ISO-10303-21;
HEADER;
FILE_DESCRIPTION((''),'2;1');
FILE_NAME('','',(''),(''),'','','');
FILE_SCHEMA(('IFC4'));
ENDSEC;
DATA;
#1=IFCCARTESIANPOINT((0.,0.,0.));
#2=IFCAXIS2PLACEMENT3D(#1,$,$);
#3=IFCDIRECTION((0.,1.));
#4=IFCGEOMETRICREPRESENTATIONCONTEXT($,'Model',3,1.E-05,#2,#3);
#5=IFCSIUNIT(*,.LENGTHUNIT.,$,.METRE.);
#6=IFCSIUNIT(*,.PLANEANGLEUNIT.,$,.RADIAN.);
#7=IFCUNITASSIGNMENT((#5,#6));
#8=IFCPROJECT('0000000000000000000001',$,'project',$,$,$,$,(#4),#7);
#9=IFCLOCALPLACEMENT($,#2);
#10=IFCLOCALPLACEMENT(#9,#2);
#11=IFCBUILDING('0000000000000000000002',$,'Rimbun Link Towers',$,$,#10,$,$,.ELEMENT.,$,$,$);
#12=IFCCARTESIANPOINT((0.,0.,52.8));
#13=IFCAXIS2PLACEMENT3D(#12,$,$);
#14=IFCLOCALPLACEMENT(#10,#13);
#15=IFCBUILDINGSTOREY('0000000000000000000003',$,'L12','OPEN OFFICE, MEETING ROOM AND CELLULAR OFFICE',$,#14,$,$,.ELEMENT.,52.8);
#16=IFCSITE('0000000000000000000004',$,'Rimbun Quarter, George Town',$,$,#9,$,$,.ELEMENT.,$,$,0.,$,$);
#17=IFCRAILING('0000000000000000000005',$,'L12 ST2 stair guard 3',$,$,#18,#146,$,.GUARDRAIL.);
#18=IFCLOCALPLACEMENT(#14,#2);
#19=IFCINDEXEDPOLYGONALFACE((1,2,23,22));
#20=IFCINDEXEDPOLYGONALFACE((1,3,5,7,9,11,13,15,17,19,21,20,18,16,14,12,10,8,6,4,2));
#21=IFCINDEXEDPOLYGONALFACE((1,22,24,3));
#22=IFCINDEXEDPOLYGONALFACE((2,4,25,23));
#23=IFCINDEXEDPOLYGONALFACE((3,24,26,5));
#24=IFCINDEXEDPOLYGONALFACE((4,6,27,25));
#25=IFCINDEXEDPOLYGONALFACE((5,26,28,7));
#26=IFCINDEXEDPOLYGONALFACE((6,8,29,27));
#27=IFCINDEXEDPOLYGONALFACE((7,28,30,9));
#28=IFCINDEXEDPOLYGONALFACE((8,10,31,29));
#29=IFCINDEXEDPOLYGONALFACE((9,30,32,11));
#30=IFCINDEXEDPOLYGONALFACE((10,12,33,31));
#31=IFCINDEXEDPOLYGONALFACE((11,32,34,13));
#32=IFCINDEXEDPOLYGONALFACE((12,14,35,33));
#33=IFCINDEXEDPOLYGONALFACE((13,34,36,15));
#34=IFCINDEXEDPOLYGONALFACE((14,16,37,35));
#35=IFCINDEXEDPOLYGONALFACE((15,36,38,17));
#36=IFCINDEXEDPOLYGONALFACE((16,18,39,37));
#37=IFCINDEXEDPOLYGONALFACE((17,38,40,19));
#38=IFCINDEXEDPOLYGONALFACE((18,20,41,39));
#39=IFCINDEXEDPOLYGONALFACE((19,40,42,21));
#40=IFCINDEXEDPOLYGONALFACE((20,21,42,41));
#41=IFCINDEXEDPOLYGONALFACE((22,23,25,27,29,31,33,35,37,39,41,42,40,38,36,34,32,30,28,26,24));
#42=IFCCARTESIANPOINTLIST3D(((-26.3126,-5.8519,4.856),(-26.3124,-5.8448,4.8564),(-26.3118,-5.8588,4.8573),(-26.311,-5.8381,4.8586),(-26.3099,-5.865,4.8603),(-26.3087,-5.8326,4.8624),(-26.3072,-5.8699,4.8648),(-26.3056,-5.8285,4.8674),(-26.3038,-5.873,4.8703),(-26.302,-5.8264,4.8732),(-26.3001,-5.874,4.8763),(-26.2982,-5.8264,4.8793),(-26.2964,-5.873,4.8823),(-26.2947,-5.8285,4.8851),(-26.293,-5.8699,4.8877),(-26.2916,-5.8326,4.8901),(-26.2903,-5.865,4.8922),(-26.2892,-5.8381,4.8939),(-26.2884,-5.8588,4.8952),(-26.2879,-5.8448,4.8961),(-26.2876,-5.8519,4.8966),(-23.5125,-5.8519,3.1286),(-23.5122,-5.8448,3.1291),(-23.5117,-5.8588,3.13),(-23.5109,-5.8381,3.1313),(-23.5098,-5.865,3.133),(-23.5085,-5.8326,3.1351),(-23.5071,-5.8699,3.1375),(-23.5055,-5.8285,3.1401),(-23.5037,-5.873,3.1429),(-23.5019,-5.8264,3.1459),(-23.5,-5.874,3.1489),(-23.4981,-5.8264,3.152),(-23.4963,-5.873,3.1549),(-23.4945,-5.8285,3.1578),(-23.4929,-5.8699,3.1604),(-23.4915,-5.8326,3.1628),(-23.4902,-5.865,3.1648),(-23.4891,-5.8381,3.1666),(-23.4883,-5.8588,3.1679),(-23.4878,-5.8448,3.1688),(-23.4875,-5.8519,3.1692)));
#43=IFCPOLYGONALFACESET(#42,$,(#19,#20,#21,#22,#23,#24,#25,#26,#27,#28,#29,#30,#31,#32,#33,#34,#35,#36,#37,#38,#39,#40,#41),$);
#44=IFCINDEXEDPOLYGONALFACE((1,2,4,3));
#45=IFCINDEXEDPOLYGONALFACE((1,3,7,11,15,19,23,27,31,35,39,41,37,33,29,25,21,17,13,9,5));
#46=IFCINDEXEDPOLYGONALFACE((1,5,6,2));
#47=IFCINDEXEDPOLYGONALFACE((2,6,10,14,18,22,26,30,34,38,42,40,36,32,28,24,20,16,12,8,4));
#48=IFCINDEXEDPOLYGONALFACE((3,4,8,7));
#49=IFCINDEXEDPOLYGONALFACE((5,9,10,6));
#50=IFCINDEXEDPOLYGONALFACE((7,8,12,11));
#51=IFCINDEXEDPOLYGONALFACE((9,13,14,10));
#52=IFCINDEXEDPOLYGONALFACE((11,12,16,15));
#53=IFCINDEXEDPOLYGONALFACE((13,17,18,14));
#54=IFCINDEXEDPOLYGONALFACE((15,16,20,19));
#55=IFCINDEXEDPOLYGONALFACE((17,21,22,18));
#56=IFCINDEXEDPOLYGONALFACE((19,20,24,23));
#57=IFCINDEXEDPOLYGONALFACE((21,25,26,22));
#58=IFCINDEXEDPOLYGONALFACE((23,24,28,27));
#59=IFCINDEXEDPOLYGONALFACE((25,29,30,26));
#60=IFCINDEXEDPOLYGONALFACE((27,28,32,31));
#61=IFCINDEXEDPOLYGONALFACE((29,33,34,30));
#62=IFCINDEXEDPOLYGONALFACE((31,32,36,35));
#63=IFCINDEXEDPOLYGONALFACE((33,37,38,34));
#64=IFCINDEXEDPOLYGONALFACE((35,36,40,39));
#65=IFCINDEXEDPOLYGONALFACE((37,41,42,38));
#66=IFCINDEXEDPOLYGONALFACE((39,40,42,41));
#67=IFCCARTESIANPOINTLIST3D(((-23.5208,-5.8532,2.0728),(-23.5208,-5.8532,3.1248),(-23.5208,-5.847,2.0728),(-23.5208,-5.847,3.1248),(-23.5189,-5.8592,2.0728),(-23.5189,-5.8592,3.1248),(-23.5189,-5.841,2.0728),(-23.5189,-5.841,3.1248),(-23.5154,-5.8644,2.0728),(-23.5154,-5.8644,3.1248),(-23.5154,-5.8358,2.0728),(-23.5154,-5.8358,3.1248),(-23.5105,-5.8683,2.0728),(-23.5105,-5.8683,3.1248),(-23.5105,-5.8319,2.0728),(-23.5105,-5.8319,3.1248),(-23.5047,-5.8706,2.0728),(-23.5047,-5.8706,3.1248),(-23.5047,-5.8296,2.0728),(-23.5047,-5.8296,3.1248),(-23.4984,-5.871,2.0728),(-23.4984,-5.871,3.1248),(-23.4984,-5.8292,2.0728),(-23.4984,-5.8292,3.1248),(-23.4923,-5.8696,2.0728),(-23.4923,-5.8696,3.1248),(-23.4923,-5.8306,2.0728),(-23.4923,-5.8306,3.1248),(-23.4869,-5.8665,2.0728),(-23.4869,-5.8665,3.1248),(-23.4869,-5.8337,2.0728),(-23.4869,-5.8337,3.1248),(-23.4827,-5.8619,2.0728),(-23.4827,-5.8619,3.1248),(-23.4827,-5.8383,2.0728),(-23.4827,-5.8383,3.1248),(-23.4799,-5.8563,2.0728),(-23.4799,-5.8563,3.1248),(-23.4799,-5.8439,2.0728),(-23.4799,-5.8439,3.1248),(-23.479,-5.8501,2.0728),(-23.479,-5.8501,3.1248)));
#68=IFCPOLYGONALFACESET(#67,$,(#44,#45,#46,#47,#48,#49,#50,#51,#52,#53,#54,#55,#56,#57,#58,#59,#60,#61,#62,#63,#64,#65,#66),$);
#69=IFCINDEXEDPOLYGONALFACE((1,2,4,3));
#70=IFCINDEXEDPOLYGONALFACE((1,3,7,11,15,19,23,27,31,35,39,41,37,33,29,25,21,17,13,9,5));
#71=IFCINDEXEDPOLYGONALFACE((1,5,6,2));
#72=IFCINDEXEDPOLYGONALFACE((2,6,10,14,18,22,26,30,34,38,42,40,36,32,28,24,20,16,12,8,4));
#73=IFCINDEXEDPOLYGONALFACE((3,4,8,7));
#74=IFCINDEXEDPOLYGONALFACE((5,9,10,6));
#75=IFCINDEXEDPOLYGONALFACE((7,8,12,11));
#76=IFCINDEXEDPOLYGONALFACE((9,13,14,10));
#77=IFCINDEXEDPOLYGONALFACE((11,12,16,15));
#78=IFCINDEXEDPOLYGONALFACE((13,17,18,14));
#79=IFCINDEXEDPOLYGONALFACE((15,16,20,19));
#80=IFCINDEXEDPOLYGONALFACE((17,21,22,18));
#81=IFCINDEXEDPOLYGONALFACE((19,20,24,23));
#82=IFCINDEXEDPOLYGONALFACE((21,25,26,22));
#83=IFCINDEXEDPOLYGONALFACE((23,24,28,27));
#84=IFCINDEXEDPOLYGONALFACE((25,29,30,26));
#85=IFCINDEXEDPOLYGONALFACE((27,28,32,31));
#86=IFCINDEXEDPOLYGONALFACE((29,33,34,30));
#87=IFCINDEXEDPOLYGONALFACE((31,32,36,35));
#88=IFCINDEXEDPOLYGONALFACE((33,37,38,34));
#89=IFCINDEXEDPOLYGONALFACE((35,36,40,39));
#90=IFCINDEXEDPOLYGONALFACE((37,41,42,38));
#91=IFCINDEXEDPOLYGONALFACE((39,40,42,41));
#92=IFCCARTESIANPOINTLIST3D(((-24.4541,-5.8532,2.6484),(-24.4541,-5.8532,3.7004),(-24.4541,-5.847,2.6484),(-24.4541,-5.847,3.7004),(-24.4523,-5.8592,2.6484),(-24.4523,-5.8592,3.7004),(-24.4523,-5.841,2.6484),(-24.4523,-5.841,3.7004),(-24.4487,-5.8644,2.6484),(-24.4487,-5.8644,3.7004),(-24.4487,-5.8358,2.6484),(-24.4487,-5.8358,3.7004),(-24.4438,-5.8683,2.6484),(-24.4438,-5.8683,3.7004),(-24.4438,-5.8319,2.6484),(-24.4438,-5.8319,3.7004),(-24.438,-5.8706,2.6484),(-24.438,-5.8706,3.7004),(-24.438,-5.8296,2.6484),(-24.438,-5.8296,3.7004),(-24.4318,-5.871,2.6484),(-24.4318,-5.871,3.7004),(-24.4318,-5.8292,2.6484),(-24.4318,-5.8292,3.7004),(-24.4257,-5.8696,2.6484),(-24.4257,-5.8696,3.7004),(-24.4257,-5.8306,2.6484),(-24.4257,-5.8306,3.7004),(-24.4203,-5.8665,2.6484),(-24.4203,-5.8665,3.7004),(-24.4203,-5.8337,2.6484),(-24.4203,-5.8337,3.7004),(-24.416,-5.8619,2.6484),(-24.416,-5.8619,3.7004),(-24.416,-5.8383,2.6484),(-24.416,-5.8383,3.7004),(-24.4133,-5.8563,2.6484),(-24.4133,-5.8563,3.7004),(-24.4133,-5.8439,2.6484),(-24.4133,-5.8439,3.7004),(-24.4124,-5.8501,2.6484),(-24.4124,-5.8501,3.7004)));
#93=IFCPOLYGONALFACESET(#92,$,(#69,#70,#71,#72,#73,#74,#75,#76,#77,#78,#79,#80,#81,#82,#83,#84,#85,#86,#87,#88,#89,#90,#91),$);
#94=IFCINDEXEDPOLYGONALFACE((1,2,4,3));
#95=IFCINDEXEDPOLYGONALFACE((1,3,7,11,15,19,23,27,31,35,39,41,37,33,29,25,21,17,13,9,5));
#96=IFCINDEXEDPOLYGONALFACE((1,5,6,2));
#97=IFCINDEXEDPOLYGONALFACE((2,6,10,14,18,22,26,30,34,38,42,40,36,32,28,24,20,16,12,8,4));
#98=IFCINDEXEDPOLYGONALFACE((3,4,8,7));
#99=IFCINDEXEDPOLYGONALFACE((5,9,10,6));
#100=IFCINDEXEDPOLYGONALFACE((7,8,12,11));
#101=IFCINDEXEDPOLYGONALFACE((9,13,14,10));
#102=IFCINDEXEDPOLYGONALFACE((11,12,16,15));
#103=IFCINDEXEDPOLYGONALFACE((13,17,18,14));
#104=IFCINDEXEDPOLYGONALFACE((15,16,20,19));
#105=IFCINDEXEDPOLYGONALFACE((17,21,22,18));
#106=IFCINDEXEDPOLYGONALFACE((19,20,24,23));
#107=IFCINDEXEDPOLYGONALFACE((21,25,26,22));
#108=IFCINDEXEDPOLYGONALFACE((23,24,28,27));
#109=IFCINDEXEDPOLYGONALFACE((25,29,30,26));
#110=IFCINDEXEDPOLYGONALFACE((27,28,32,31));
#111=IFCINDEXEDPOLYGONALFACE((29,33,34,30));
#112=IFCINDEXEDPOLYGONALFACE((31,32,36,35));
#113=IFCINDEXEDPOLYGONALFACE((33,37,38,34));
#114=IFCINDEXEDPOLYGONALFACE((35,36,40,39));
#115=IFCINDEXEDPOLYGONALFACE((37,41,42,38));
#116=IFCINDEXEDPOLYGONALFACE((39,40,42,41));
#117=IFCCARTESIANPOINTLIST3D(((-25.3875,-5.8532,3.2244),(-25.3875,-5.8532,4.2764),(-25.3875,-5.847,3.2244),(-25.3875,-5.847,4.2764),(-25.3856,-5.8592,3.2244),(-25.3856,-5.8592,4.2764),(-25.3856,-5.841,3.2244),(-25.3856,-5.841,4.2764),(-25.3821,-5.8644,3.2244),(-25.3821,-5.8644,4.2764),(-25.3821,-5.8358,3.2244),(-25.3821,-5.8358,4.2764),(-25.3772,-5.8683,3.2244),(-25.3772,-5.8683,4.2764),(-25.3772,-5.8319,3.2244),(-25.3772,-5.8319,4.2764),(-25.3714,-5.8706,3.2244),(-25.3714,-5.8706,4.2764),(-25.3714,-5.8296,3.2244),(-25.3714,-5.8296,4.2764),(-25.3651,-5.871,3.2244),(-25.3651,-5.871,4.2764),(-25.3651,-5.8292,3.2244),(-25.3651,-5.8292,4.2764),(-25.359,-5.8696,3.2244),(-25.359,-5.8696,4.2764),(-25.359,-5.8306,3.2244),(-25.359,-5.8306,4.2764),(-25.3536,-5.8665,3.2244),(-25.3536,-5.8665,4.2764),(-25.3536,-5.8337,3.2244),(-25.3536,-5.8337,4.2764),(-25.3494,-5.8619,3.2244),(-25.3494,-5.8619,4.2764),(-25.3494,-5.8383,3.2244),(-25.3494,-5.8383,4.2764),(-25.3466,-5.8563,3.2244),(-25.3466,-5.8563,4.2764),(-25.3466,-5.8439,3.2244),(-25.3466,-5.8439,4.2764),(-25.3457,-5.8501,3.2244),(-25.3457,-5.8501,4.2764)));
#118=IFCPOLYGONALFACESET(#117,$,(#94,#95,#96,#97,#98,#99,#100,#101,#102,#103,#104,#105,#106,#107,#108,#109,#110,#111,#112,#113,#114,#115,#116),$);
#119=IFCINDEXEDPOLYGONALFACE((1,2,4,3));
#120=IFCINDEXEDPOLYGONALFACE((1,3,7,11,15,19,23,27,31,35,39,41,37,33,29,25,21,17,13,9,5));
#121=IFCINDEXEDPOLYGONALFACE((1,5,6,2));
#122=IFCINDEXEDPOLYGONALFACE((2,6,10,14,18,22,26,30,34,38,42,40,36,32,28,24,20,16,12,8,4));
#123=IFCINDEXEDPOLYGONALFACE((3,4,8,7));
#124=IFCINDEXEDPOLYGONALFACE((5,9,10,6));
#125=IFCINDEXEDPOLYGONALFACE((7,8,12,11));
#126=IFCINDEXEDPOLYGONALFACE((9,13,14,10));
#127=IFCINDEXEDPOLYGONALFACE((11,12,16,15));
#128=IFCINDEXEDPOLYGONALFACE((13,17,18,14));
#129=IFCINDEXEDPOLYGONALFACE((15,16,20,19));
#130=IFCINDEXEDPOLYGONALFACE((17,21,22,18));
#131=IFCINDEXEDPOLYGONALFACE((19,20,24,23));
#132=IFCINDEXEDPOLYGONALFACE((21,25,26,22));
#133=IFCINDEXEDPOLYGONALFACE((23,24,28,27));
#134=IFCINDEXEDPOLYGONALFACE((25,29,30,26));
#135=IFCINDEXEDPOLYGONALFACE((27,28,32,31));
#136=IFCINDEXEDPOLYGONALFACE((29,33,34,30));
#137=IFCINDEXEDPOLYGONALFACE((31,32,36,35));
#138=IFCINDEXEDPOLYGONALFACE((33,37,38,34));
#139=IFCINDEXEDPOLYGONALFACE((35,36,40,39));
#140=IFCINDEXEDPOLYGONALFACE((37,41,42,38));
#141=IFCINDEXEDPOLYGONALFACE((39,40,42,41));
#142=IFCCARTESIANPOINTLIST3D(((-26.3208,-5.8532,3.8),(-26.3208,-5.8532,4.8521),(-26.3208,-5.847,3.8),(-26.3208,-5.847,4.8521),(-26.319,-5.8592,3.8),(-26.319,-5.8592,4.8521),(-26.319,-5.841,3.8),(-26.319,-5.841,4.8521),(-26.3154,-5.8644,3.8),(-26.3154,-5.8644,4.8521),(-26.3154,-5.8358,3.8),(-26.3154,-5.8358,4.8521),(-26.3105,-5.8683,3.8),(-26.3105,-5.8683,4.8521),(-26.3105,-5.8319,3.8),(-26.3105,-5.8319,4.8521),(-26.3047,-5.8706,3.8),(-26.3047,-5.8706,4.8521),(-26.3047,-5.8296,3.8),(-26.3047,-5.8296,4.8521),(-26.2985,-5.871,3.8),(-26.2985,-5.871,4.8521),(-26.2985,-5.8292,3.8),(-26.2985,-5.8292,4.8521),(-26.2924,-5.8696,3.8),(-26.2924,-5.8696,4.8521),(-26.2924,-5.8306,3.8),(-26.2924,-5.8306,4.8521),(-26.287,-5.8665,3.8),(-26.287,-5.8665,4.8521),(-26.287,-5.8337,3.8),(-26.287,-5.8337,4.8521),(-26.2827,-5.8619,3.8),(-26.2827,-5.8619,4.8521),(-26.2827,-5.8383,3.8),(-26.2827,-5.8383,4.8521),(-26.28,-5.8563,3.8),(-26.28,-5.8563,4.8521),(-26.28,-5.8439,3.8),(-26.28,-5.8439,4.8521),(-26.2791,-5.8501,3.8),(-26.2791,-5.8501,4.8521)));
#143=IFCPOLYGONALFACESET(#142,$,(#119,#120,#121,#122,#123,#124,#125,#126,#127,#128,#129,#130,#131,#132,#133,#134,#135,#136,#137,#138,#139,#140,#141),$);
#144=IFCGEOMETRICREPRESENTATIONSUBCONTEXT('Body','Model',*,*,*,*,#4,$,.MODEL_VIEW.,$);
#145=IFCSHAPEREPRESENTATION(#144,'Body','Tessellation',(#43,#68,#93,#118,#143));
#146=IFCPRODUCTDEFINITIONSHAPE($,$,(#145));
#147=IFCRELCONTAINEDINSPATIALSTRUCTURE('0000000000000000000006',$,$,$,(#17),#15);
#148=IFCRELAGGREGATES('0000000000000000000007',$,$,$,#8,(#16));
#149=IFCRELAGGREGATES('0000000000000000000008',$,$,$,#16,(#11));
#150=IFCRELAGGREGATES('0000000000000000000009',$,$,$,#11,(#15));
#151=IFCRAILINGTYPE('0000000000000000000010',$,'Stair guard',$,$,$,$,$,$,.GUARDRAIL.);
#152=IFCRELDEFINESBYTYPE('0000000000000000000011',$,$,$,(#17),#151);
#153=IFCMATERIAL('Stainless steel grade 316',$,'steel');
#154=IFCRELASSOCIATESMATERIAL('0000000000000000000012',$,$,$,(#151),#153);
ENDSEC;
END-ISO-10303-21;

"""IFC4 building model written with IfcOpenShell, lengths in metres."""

from ifc_helpers import new_model, si_unit, direction, frame, origin, origin_2d, place, context, subcontext, project, spatial, circle, extrude, material, type_object, element, save


model = new_model("IFC4")

# Units and contexts
model_context = context("Model", 3, precision=1e-05, world=origin(), true_north=direction((0.0, 1.0)))
body_context = subcontext(model_context, "Body", "Model", "MODEL_VIEW")
ifc_project = project(units=[si_unit("LENGTHUNIT", "METRE"), si_unit("PLANEANGLEUNIT", "RADIAN")], contexts=[model_context])

# Site, building, storey
site_placement = place(None, origin())
site = spatial("IfcSite", under=ifc_project, at=site_placement, Name="Rimbun Quarter, George Town", CompositionType="ELEMENT", RefElevation=0.0)
building_placement = place(site_placement, origin())
building = spatial("IfcBuilding", under=site, at=building_placement, Name="Rimbun Link Towers", CompositionType="ELEMENT")
storey_placement = place(building_placement, frame((0.0, 0.0, 52.8)))
storey = spatial("IfcBuildingStorey", under=building, at=storey_placement, Name="L12", Description="OPEN OFFICE, MEETING ROOM AND CELLULAR OFFICE", CompositionType="ELEMENT", Elevation=52.8)

# Railing
ifc_material_1 = material(Name="Stainless steel grade 316", Category="steel")
railing_type_1 = type_object("IfcRailingType", Name="Stair guard", PredefinedType="GUARDRAIL", material=ifc_material_1)
railing_1_placement = place(storey_placement, frame((-23.5, -5.8501, 2.0728)))
element("IfcRailing", 1, at=railing_1_placement, inside=storey, type_object=railing_type_1, Name="L12 ST2 stair guard 3", PredefinedType="GUARDRAIL", context=body_context, shape_type="SweptSolid", body=[
    extrude(circle(Radius=0.0239, at=origin_2d()), frame((0.0, 0.0, 1.0762), z_axis=(-0.85109, 0.0, 0.52502), x_axis=(0.0, -1.0, 0.0)), (0.0, 0.0, 1.0), 3.29),
    extrude(circle(Radius=0.021, at=origin_2d()), origin(), (0.0, 0.0, 1.0), 1.052),
    extrude(circle(Radius=0.021, at=origin_2d()), frame((-0.9333, 0.0, 0.5757)), (0.0, 0.0, 1.0), 1.052),
    extrude(circle(Radius=0.021, at=origin_2d()), frame((-1.8667, 0.0, 1.1516)), (0.0, 0.0, 1.0), 1.052),
    extrude(circle(Radius=0.021, at=origin_2d()), frame((-2.8, 0.0, 1.7273)), (0.0, 0.0, 1.0), 1.052),
])

save(model, "model.ifc")
